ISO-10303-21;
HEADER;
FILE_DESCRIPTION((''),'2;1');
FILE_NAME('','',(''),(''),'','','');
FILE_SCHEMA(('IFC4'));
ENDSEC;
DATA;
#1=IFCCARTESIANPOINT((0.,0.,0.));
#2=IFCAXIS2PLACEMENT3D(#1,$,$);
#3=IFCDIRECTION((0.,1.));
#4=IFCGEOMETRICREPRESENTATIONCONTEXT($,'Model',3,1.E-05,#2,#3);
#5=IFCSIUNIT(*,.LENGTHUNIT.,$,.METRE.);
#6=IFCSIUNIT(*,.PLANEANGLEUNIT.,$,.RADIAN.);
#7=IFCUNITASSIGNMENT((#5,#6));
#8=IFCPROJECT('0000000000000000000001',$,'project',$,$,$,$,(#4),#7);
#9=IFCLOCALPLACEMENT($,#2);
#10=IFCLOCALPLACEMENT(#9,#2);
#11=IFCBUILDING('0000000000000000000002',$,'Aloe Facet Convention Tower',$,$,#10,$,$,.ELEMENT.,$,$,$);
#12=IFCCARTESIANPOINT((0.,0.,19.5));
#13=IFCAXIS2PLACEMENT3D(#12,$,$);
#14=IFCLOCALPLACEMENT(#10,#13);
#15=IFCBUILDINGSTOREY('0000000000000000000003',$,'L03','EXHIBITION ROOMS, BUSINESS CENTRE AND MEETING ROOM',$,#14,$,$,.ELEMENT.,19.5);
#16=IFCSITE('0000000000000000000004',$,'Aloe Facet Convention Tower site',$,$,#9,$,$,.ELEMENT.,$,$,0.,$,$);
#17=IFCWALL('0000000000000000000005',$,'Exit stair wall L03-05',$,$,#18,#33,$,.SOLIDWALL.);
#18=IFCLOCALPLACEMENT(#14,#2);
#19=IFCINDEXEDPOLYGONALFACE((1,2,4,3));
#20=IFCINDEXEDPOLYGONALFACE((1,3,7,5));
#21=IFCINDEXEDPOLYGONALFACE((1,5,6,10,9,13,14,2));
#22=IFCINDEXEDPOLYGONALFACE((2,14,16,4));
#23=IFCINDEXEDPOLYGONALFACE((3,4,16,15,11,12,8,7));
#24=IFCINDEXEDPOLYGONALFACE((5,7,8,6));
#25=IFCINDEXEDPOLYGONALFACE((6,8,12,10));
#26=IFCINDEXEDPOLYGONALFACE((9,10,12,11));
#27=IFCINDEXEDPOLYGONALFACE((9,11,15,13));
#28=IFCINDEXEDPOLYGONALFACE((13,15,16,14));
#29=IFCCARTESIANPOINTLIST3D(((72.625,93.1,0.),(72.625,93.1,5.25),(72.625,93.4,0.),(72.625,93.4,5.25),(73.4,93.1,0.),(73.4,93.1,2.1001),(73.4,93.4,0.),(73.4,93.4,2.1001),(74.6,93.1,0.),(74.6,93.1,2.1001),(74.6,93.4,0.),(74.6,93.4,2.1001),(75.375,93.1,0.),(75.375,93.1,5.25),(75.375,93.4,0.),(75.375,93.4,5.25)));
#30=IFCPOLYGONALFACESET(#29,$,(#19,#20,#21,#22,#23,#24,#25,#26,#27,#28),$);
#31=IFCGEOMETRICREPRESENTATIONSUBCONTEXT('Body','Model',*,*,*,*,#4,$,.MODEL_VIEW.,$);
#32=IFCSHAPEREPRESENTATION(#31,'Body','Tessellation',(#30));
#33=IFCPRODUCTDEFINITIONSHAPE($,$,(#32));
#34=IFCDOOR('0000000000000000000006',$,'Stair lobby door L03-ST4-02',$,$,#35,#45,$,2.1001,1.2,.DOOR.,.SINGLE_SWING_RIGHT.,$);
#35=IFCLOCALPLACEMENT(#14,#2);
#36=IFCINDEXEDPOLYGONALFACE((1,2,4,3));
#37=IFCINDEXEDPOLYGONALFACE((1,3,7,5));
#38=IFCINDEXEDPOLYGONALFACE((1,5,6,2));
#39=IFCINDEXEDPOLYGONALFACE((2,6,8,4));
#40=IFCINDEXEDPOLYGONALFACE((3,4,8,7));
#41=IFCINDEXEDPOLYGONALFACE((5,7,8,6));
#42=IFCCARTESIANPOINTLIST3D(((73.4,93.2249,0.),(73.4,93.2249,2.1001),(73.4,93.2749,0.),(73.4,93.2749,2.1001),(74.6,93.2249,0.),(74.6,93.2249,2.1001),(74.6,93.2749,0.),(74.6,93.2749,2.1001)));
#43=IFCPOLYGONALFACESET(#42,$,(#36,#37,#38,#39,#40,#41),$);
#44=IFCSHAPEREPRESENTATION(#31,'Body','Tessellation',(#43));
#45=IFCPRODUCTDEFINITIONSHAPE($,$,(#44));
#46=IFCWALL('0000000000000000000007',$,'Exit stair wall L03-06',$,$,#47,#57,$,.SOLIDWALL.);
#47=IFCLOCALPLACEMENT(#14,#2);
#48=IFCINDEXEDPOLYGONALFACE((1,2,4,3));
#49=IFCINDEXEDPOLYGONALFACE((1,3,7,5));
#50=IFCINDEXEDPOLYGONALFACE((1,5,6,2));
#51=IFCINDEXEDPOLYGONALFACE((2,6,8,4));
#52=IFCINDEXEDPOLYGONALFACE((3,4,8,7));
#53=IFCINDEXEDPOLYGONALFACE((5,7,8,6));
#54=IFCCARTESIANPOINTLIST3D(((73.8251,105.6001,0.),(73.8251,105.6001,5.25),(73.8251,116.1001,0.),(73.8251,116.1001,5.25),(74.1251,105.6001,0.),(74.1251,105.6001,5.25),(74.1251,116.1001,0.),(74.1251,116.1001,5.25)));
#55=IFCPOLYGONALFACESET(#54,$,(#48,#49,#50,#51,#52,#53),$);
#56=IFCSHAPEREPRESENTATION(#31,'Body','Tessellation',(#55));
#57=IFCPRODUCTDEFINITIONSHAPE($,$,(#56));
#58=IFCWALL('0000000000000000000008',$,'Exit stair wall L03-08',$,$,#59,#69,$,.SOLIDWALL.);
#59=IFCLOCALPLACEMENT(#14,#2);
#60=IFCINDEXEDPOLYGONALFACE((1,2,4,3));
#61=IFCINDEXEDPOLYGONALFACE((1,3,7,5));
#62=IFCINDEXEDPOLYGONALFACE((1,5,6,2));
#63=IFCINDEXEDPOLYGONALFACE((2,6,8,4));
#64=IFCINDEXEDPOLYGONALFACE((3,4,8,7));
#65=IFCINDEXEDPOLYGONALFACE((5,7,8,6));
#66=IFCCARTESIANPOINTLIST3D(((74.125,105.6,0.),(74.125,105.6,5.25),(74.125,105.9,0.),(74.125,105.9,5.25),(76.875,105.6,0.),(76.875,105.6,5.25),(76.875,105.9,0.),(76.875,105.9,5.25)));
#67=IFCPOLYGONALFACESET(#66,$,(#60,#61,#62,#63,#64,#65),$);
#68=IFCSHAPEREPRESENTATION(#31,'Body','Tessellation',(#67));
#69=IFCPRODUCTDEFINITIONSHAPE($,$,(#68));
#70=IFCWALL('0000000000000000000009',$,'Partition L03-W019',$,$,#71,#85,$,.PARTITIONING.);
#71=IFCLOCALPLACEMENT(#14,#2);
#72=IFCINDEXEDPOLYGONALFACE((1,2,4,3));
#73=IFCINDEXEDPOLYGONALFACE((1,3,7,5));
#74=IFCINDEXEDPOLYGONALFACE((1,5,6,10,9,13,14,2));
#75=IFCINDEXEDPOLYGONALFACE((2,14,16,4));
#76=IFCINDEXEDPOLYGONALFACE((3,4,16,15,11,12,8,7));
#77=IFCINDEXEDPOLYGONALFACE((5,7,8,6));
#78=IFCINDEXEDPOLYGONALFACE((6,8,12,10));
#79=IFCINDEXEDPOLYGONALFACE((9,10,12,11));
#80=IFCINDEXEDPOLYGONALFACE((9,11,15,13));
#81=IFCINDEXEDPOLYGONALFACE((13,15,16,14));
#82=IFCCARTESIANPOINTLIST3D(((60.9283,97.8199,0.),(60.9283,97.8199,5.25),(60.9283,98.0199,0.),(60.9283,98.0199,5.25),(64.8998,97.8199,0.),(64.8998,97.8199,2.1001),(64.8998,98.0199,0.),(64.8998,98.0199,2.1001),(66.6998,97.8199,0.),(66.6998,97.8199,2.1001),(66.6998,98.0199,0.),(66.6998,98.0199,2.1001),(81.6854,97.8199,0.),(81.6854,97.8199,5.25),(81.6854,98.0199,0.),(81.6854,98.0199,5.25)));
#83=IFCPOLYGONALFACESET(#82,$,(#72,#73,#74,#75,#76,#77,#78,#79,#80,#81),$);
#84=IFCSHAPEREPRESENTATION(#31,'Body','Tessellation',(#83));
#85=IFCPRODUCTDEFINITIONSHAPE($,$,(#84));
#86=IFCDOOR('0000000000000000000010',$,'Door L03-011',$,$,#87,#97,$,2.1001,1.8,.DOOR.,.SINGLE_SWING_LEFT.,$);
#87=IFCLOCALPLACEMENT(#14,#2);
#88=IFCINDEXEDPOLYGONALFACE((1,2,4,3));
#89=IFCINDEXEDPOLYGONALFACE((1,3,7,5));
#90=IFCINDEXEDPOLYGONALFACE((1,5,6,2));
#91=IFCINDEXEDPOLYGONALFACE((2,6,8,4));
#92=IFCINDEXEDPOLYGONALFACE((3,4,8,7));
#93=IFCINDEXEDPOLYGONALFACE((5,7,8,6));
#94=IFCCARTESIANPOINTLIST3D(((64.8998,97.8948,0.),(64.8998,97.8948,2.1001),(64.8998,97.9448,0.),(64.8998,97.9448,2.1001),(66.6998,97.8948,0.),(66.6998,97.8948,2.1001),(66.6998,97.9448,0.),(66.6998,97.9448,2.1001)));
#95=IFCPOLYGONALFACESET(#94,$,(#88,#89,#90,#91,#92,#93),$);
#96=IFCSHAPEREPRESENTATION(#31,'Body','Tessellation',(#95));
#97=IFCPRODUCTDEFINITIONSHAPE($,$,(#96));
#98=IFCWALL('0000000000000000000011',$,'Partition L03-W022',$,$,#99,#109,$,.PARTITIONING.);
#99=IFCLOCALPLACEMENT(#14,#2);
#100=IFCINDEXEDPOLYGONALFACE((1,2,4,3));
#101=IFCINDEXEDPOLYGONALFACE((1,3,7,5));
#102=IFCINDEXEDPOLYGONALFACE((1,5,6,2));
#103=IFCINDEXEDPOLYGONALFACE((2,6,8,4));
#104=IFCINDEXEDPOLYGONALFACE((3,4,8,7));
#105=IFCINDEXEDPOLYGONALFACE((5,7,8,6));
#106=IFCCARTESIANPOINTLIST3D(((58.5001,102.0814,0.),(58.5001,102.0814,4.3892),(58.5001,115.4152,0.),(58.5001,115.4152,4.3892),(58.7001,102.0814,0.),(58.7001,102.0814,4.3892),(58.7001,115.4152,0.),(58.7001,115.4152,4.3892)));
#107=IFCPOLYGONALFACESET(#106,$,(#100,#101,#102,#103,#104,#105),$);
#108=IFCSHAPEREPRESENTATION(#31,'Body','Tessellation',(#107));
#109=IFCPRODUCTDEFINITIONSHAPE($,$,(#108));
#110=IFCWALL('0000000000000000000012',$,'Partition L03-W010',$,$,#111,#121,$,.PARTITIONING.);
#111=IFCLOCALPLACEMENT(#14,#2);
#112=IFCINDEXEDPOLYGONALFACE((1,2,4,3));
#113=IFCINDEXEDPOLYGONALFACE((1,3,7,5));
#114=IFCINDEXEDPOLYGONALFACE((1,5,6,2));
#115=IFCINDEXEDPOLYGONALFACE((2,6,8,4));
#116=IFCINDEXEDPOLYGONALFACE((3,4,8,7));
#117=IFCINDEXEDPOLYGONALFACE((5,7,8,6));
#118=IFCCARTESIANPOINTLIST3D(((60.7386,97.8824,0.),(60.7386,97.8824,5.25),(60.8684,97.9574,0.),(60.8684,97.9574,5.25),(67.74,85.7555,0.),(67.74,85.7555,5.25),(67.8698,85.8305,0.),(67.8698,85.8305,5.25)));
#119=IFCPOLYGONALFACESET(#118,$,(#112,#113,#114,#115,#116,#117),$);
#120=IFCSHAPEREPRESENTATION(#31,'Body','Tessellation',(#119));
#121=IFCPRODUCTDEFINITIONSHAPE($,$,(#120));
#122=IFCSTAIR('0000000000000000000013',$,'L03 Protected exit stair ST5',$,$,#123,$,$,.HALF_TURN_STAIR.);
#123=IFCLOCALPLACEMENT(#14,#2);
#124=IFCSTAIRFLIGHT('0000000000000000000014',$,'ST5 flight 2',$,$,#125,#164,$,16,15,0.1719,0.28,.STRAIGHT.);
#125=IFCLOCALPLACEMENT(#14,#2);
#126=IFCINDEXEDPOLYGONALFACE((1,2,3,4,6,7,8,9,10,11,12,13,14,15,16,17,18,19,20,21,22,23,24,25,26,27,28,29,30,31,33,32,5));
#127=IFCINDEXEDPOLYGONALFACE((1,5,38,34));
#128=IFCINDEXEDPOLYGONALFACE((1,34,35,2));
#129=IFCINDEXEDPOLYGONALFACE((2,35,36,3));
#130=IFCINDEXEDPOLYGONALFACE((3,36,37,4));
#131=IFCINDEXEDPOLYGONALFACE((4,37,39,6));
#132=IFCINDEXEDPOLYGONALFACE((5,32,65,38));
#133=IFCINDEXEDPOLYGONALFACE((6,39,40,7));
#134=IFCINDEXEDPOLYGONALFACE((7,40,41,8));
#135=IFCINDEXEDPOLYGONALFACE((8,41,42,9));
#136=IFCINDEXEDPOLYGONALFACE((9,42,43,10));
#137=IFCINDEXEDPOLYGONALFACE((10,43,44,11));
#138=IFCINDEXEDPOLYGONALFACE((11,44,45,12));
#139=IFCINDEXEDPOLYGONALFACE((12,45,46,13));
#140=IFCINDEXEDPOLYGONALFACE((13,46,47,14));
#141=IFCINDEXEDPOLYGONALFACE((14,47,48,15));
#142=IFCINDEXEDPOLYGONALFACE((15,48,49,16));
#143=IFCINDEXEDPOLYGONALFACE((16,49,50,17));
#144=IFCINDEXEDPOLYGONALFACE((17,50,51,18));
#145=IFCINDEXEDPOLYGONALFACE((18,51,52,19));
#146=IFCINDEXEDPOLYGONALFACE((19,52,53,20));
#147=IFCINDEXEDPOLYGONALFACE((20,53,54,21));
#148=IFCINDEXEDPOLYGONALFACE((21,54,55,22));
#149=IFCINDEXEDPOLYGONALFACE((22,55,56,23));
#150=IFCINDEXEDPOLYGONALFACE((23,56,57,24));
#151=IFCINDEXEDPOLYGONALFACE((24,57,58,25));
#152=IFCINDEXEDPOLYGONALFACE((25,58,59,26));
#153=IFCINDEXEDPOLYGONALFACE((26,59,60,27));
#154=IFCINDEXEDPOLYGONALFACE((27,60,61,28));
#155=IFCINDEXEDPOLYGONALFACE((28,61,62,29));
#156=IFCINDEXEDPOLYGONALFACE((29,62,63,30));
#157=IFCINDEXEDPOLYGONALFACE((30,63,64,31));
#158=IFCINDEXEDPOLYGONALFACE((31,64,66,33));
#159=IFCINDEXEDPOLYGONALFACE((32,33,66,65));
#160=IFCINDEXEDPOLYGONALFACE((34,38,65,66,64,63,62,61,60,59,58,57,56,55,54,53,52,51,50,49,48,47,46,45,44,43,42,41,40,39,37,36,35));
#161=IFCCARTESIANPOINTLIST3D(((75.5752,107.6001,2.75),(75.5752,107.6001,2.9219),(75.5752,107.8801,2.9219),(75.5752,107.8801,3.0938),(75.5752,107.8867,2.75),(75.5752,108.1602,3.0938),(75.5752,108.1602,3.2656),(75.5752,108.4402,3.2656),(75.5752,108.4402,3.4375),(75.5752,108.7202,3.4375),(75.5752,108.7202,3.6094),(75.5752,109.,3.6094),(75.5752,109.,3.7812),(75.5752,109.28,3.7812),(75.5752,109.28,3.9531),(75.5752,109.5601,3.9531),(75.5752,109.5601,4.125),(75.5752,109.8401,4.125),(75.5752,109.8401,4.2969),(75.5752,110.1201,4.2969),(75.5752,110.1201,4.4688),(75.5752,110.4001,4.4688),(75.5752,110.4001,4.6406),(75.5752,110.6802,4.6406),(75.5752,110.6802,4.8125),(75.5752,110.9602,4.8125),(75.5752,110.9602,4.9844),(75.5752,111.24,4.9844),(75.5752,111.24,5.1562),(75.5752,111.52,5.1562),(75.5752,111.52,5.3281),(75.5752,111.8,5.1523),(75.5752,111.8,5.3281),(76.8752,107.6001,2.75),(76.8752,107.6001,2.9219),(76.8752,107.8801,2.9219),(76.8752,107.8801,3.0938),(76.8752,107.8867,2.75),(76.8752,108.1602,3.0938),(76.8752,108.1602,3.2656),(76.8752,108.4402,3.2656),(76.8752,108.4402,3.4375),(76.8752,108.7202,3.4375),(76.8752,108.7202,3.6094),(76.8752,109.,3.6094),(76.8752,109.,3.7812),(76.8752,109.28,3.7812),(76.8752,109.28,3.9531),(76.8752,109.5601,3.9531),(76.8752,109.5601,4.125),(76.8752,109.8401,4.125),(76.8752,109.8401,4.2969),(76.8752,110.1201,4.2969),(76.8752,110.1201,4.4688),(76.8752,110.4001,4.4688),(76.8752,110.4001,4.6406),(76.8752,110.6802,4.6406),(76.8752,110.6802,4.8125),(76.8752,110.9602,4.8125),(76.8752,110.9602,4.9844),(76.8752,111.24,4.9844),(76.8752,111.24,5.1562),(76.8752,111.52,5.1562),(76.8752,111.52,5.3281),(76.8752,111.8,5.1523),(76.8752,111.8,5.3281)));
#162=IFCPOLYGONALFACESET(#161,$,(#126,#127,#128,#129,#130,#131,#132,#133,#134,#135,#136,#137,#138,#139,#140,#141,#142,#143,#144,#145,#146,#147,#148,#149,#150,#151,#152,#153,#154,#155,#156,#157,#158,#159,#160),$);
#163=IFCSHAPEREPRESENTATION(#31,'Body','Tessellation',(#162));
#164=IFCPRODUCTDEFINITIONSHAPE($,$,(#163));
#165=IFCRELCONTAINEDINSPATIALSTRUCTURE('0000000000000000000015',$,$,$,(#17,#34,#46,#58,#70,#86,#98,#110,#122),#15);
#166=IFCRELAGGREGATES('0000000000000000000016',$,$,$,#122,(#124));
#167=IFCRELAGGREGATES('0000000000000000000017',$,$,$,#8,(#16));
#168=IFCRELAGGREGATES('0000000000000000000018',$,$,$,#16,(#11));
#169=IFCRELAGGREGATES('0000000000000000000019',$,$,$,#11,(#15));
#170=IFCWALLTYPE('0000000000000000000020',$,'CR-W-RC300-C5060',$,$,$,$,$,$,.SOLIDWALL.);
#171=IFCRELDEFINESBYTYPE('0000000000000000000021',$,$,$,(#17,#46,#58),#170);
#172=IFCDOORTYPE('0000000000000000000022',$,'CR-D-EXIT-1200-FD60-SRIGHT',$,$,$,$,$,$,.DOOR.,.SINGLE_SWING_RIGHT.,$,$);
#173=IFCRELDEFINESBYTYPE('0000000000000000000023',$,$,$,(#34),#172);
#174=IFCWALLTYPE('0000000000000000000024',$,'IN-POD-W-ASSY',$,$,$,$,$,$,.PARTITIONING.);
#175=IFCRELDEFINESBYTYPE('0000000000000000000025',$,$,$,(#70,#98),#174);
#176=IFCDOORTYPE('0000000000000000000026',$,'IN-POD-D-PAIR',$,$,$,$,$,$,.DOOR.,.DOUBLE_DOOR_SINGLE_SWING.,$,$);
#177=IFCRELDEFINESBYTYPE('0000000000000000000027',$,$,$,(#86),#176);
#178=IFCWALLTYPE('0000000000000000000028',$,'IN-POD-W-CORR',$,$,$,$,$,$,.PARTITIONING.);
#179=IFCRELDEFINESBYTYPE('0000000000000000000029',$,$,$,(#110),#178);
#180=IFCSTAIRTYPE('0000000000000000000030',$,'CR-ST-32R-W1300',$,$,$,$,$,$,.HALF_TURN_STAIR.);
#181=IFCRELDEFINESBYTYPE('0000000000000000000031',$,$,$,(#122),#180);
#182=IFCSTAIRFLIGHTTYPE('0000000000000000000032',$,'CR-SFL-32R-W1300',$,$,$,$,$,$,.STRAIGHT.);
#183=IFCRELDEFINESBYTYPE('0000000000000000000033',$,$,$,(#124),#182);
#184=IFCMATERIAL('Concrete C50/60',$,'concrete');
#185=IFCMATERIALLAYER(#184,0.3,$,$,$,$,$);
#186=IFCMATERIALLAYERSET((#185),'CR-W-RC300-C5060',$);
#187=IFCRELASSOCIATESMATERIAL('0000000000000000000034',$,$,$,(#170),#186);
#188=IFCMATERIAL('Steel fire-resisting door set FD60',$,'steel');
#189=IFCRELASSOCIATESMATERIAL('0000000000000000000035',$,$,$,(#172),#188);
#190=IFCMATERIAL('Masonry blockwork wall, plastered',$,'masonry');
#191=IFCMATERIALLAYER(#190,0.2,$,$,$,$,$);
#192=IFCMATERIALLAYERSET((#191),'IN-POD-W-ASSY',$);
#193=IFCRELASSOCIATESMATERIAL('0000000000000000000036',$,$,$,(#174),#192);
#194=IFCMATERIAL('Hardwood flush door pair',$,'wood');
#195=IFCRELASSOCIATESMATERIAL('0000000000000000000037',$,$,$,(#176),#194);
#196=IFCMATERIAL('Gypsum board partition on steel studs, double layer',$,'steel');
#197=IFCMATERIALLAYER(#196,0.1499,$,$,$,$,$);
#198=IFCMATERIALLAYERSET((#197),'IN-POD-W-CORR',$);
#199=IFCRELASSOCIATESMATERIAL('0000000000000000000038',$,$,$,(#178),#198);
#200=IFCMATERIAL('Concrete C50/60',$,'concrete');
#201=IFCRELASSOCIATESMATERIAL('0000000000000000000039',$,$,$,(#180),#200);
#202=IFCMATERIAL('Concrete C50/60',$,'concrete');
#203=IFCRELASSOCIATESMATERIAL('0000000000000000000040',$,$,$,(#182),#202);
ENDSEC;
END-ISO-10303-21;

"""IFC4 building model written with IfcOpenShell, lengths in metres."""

from ifc_helpers import new_model, si_unit, direction, frame, frame_2d, origin, place, context, subcontext, project, spatial, polyline, rectangle, outline, extrude, material, layer, layer_set, type_object, element, fill, aggregate, save


model = new_model("IFC4")

# Units and contexts
model_context = context("Model", 3, precision=1e-05, world=origin(), true_north=direction((0.0, 1.0)))
body_context = subcontext(model_context, "Body", "Model", "MODEL_VIEW")
ifc_project = project(units=[si_unit("LENGTHUNIT", "METRE"), si_unit("PLANEANGLEUNIT", "RADIAN")], contexts=[model_context])

# Site, building, storey
site_placement = place(None, origin())
site = spatial("IfcSite", under=ifc_project, at=site_placement, Name="Aloe Facet Convention Tower site", CompositionType="ELEMENT", RefElevation=0.0)
building_placement = place(site_placement, origin())
building = spatial("IfcBuilding", under=site, at=building_placement, Name="Aloe Facet Convention Tower", CompositionType="ELEMENT")
storey_placement = place(building_placement, frame((0.0, 0.0, 19.5)))
storey = spatial("IfcBuildingStorey", under=building, at=storey_placement, Name="L03", Description="EXHIBITION ROOMS, BUSINESS CENTRE AND MEETING ROOM", CompositionType="ELEMENT", Elevation=19.5)

# Wall, opening, door
ifc_material_1 = material(Name="Concrete C50/60", Category="concrete")
ifc_layer_1 = layer(ifc_material_1, 0.3)
ifc_layer_set_1 = layer_set([ifc_layer_1], Name="CR-W-RC300-C5060")
wall_type_1 = type_object("IfcWallType", Name="CR-W-RC300-C5060", PredefinedType="SOLIDWALL", material=ifc_layer_set_1)
wall_1_placement = place(storey_placement, frame((72.625, 93.25, 0.0), z_axis=(0.0, 0.0, 1.0), x_axis=(1.0, 0.0, 0.0)))
wall_1 = element("IfcWall", 1, at=wall_1_placement, inside=storey, type_object=wall_type_1, Name="Exit stair wall L03-05", PredefinedType="SOLIDWALL", context=body_context, shape_type="SweptSolid", body=[
    extrude(rectangle(XDim=2.75, YDim=0.3, at=frame_2d((1.375, 0.0))), origin(), (0.0, 0.0, 1.0), 5.25),
])
opening_1_placement = place(wall_1_placement, frame((0.7749, 0.0, 0.0)))
opening_1 = element("IfcOpeningElement", 2, at=opening_1_placement, cuts=wall_1, PredefinedType="OPENING", context=body_context, shape_type="SweptSolid", body=[
    extrude(rectangle(XDim=1.2, YDim=2.1001, at=frame_2d((0.6001, 1.05))), frame((0.0, 0.1602, 0.0), z_axis=(0.0, -1.0, 0.0), x_axis=(1.0, 0.0, 0.0)), (0.0, 0.0, 1.0), 0.3201),
])
ifc_material_2 = material(Name="Steel fire-resisting door set FD60", Category="steel")
door_type_1 = type_object("IfcDoorType", Name="CR-D-EXIT-1200-FD60-SRIGHT", OperationType="SINGLE_SWING_RIGHT", PredefinedType="DOOR", material=ifc_material_2)
door_1_placement = place(opening_1_placement, origin())
door_1 = element("IfcDoor", 3, at=door_1_placement, inside=storey, type_object=door_type_1, Name="Stair lobby door L03-ST4-02", OperationType="SINGLE_SWING_RIGHT", OverallHeight=2.1001, OverallWidth=1.2, PredefinedType="DOOR", context=body_context, shape_type="SweptSolid", body=[
    extrude(rectangle(XDim=1.2, YDim=2.1001, at=frame_2d((0.6001, 1.05))), frame((0.0, 0.0249, 0.0), z_axis=(0.0, -1.0, 0.0), x_axis=(1.0, 0.0, 0.0)), (0.0, 0.0, 1.0), 0.05),
])
fill(opening_1, door_1)

# Walls
wall_2_placement = place(storey_placement, frame((73.9751, 105.6001, 0.0), z_axis=(0.0, 0.0, 1.0), x_axis=(0.0, 1.0, 0.0)))
element("IfcWall", 4, at=wall_2_placement, inside=storey, type_object=wall_type_1, Name="Exit stair wall L03-06", PredefinedType="SOLIDWALL", context=body_context, shape_type="SweptSolid", body=[
    extrude(rectangle(XDim=10.5, YDim=0.3, at=frame_2d((5.25, 0.0))), origin(), (0.0, 0.0, 1.0), 5.25),
])
wall_3_placement = place(storey_placement, frame((74.125, 105.75, 0.0), z_axis=(0.0, 0.0, 1.0), x_axis=(1.0, 0.0, 0.0)))
element("IfcWall", 5, at=wall_3_placement, inside=storey, type_object=wall_type_1, Name="Exit stair wall L03-08", PredefinedType="SOLIDWALL", context=body_context, shape_type="SweptSolid", body=[
    extrude(rectangle(XDim=2.75, YDim=0.3, at=frame_2d((1.375, 0.0))), origin(), (0.0, 0.0, 1.0), 5.25),
])

# Wall, opening, door
ifc_material_3 = material(Name="Masonry blockwork wall, plastered", Category="masonry")
ifc_layer_2 = layer(ifc_material_3, 0.2)
ifc_layer_set_2 = layer_set([ifc_layer_2], Name="IN-POD-W-ASSY")
wall_type_2 = type_object("IfcWallType", Name="IN-POD-W-ASSY", PredefinedType="PARTITIONING", material=ifc_layer_set_2)
wall_4_placement = place(storey_placement, frame((60.9285, 97.9199, 0.0), z_axis=(0.0, 0.0, 1.0), x_axis=(1.0, 0.0, 0.0)))
wall_4 = element("IfcWall", 6, at=wall_4_placement, inside=storey, type_object=wall_type_2, Name="Partition L03-W019", PredefinedType="PARTITIONING", context=body_context, shape_type="SweptSolid", body=[
    extrude(rectangle(XDim=20.7571, YDim=0.2, at=frame_2d((10.3784, 0.0))), origin(), (0.0, 0.0, 1.0), 5.25),
])
opening_2_placement = place(wall_4_placement, frame((3.9714, 0.0, 0.0)))
opening_2 = element("IfcOpeningElement", 7, at=opening_2_placement, cuts=wall_4, PredefinedType="OPENING", context=body_context, shape_type="SweptSolid", body=[
    extrude(rectangle(XDim=1.8, YDim=2.1001, at=frame_2d((0.8999, 1.05))), frame((0.0, 0.1099, 0.0), z_axis=(0.0, -1.0, 0.0), x_axis=(1.0, 0.0, 0.0)), (0.0, 0.0, 1.0), 0.22),
])
ifc_material_4 = material(Name="Hardwood flush door pair", Category="wood")
door_type_2 = type_object("IfcDoorType", Name="IN-POD-D-PAIR", OperationType="DOUBLE_DOOR_SINGLE_SWING", PredefinedType="DOOR", material=ifc_material_4)
door_2_placement = place(opening_2_placement, origin())
door_2 = element("IfcDoor", 8, at=door_2_placement, inside=storey, type_object=door_type_2, Name="Door L03-011", OperationType="SINGLE_SWING_LEFT", OverallHeight=2.1001, OverallWidth=1.8, PredefinedType="DOOR", context=body_context, shape_type="SweptSolid", body=[
    extrude(rectangle(XDim=1.8, YDim=2.1001, at=frame_2d((0.8999, 1.05))), frame((0.0, 0.0249, 0.0), z_axis=(0.0, -1.0, 0.0), x_axis=(1.0, 0.0, 0.0)), (0.0, 0.0, 1.0), 0.05),
])
fill(opening_2, door_2)

# Walls
wall_5_placement = place(storey_placement, frame((58.6001, 102.0813, 0.0), z_axis=(0.0, 0.0, 1.0), x_axis=(0.0, 1.0, 0.0)))
element("IfcWall", 9, at=wall_5_placement, inside=storey, type_object=wall_type_2, Name="Partition L03-W022", PredefinedType="PARTITIONING", context=body_context, shape_type="SweptSolid", body=[
    extrude(rectangle(XDim=13.3337, YDim=0.2, at=frame_2d((6.667, 0.0))), origin(), (0.0, 0.0, 1.0), 4.3892),
])
ifc_material_5 = material(Name="Gypsum board partition on steel studs, double layer", Category="steel")
ifc_layer_3 = layer(ifc_material_5, 0.1499)
ifc_layer_set_3 = layer_set([ifc_layer_3], Name="IN-POD-W-CORR")
wall_type_3 = type_object("IfcWallType", Name="IN-POD-W-CORR", PredefinedType="PARTITIONING", material=ifc_layer_set_3)
wall_6_placement = place(storey_placement, frame((60.8035, 97.9199, 0.0), z_axis=(0.0, 0.0, 1.0), x_axis=(0.499998, -0.866026, 0.0)))
element("IfcWall", 10, at=wall_6_placement, inside=storey, type_object=wall_type_3, Name="Partition L03-W010", PredefinedType="PARTITIONING", context=body_context, shape_type="SweptSolid", body=[
    extrude(rectangle(XDim=14.0029, YDim=0.1499, at=frame_2d((7.0015, 0.0))), origin(), (0.0, 0.0, 1.0), 5.25),
])

# Stair, stair flight
ifc_material_6 = material(Name="Concrete C50/60", Category="concrete")
stair_type = type_object("IfcStairType", Name="CR-ST-32R-W1300", PredefinedType="HALF_TURN_STAIR", material=ifc_material_6)
stair_placement = place(storey_placement, origin())
stair = element("IfcStair", 11, at=stair_placement, inside=storey, type_object=stair_type, Name="L03 Protected exit stair ST5", PredefinedType="HALF_TURN_STAIR")
ifc_material_7 = material(Name="Concrete C50/60", Category="concrete")
stair_flight_type = type_object("IfcStairFlightType", Name="CR-SFL-32R-W1300", PredefinedType="STRAIGHT", material=ifc_material_7)
stair_flight_placement = place(storey_placement, frame((76.2251, 107.6001, 2.75), z_axis=(0.0, 0.0, 1.0), x_axis=(0.0, 1.0, 0.0)))
stair_flight = element("IfcStairFlight", 12, at=stair_flight_placement, type_object=stair_flight_type, Name="ST5 flight 2", NumberOfRisers=16, NumberOfTreads=15, PredefinedType="STRAIGHT", RiserHeight=0.1719, TreadLength=0.28, context=body_context, shape_type="SweptSolid", body=[
    extrude(outline(polyline([(0.0, 0.0), (0.0, 0.1719), (0.28, 0.1719), (0.28, 0.3438), (0.5601, 0.3438), (0.5601, 0.5156), (0.8401, 0.5156), (0.8401, 0.6875), (1.1201, 0.6875), (1.1201, 0.8594), (1.3999, 0.8594), (1.3999, 1.0312), (1.6799, 1.0312), (1.6799, 1.2031), (1.96, 1.2031), (1.96, 1.375), (2.24, 1.375), (2.24, 1.5469), (2.52, 1.5469), (2.52, 1.7188), (2.8, 1.7188), (2.8, 1.8906), (3.0801, 1.8906), (3.0801, 2.0625), (3.3601, 2.0625), (3.3601, 2.2344), (3.6399, 2.2344), (3.6399, 2.4062), (3.9199, 2.4062), (3.9199, 2.5781), (4.2, 2.5781), (4.2, 2.75), (4.2, 2.4023), (0.2866, 0.0), (0.0, 0.0)])), frame((0.0, 0.6499, 0.0), z_axis=(0.0, -1.0, 0.0), x_axis=(1.0, 0.0, 0.0)), (0.0, 0.0, 1.0), 1.3),
])
aggregate(stair, [stair_flight])

save(model, "model.ifc")
